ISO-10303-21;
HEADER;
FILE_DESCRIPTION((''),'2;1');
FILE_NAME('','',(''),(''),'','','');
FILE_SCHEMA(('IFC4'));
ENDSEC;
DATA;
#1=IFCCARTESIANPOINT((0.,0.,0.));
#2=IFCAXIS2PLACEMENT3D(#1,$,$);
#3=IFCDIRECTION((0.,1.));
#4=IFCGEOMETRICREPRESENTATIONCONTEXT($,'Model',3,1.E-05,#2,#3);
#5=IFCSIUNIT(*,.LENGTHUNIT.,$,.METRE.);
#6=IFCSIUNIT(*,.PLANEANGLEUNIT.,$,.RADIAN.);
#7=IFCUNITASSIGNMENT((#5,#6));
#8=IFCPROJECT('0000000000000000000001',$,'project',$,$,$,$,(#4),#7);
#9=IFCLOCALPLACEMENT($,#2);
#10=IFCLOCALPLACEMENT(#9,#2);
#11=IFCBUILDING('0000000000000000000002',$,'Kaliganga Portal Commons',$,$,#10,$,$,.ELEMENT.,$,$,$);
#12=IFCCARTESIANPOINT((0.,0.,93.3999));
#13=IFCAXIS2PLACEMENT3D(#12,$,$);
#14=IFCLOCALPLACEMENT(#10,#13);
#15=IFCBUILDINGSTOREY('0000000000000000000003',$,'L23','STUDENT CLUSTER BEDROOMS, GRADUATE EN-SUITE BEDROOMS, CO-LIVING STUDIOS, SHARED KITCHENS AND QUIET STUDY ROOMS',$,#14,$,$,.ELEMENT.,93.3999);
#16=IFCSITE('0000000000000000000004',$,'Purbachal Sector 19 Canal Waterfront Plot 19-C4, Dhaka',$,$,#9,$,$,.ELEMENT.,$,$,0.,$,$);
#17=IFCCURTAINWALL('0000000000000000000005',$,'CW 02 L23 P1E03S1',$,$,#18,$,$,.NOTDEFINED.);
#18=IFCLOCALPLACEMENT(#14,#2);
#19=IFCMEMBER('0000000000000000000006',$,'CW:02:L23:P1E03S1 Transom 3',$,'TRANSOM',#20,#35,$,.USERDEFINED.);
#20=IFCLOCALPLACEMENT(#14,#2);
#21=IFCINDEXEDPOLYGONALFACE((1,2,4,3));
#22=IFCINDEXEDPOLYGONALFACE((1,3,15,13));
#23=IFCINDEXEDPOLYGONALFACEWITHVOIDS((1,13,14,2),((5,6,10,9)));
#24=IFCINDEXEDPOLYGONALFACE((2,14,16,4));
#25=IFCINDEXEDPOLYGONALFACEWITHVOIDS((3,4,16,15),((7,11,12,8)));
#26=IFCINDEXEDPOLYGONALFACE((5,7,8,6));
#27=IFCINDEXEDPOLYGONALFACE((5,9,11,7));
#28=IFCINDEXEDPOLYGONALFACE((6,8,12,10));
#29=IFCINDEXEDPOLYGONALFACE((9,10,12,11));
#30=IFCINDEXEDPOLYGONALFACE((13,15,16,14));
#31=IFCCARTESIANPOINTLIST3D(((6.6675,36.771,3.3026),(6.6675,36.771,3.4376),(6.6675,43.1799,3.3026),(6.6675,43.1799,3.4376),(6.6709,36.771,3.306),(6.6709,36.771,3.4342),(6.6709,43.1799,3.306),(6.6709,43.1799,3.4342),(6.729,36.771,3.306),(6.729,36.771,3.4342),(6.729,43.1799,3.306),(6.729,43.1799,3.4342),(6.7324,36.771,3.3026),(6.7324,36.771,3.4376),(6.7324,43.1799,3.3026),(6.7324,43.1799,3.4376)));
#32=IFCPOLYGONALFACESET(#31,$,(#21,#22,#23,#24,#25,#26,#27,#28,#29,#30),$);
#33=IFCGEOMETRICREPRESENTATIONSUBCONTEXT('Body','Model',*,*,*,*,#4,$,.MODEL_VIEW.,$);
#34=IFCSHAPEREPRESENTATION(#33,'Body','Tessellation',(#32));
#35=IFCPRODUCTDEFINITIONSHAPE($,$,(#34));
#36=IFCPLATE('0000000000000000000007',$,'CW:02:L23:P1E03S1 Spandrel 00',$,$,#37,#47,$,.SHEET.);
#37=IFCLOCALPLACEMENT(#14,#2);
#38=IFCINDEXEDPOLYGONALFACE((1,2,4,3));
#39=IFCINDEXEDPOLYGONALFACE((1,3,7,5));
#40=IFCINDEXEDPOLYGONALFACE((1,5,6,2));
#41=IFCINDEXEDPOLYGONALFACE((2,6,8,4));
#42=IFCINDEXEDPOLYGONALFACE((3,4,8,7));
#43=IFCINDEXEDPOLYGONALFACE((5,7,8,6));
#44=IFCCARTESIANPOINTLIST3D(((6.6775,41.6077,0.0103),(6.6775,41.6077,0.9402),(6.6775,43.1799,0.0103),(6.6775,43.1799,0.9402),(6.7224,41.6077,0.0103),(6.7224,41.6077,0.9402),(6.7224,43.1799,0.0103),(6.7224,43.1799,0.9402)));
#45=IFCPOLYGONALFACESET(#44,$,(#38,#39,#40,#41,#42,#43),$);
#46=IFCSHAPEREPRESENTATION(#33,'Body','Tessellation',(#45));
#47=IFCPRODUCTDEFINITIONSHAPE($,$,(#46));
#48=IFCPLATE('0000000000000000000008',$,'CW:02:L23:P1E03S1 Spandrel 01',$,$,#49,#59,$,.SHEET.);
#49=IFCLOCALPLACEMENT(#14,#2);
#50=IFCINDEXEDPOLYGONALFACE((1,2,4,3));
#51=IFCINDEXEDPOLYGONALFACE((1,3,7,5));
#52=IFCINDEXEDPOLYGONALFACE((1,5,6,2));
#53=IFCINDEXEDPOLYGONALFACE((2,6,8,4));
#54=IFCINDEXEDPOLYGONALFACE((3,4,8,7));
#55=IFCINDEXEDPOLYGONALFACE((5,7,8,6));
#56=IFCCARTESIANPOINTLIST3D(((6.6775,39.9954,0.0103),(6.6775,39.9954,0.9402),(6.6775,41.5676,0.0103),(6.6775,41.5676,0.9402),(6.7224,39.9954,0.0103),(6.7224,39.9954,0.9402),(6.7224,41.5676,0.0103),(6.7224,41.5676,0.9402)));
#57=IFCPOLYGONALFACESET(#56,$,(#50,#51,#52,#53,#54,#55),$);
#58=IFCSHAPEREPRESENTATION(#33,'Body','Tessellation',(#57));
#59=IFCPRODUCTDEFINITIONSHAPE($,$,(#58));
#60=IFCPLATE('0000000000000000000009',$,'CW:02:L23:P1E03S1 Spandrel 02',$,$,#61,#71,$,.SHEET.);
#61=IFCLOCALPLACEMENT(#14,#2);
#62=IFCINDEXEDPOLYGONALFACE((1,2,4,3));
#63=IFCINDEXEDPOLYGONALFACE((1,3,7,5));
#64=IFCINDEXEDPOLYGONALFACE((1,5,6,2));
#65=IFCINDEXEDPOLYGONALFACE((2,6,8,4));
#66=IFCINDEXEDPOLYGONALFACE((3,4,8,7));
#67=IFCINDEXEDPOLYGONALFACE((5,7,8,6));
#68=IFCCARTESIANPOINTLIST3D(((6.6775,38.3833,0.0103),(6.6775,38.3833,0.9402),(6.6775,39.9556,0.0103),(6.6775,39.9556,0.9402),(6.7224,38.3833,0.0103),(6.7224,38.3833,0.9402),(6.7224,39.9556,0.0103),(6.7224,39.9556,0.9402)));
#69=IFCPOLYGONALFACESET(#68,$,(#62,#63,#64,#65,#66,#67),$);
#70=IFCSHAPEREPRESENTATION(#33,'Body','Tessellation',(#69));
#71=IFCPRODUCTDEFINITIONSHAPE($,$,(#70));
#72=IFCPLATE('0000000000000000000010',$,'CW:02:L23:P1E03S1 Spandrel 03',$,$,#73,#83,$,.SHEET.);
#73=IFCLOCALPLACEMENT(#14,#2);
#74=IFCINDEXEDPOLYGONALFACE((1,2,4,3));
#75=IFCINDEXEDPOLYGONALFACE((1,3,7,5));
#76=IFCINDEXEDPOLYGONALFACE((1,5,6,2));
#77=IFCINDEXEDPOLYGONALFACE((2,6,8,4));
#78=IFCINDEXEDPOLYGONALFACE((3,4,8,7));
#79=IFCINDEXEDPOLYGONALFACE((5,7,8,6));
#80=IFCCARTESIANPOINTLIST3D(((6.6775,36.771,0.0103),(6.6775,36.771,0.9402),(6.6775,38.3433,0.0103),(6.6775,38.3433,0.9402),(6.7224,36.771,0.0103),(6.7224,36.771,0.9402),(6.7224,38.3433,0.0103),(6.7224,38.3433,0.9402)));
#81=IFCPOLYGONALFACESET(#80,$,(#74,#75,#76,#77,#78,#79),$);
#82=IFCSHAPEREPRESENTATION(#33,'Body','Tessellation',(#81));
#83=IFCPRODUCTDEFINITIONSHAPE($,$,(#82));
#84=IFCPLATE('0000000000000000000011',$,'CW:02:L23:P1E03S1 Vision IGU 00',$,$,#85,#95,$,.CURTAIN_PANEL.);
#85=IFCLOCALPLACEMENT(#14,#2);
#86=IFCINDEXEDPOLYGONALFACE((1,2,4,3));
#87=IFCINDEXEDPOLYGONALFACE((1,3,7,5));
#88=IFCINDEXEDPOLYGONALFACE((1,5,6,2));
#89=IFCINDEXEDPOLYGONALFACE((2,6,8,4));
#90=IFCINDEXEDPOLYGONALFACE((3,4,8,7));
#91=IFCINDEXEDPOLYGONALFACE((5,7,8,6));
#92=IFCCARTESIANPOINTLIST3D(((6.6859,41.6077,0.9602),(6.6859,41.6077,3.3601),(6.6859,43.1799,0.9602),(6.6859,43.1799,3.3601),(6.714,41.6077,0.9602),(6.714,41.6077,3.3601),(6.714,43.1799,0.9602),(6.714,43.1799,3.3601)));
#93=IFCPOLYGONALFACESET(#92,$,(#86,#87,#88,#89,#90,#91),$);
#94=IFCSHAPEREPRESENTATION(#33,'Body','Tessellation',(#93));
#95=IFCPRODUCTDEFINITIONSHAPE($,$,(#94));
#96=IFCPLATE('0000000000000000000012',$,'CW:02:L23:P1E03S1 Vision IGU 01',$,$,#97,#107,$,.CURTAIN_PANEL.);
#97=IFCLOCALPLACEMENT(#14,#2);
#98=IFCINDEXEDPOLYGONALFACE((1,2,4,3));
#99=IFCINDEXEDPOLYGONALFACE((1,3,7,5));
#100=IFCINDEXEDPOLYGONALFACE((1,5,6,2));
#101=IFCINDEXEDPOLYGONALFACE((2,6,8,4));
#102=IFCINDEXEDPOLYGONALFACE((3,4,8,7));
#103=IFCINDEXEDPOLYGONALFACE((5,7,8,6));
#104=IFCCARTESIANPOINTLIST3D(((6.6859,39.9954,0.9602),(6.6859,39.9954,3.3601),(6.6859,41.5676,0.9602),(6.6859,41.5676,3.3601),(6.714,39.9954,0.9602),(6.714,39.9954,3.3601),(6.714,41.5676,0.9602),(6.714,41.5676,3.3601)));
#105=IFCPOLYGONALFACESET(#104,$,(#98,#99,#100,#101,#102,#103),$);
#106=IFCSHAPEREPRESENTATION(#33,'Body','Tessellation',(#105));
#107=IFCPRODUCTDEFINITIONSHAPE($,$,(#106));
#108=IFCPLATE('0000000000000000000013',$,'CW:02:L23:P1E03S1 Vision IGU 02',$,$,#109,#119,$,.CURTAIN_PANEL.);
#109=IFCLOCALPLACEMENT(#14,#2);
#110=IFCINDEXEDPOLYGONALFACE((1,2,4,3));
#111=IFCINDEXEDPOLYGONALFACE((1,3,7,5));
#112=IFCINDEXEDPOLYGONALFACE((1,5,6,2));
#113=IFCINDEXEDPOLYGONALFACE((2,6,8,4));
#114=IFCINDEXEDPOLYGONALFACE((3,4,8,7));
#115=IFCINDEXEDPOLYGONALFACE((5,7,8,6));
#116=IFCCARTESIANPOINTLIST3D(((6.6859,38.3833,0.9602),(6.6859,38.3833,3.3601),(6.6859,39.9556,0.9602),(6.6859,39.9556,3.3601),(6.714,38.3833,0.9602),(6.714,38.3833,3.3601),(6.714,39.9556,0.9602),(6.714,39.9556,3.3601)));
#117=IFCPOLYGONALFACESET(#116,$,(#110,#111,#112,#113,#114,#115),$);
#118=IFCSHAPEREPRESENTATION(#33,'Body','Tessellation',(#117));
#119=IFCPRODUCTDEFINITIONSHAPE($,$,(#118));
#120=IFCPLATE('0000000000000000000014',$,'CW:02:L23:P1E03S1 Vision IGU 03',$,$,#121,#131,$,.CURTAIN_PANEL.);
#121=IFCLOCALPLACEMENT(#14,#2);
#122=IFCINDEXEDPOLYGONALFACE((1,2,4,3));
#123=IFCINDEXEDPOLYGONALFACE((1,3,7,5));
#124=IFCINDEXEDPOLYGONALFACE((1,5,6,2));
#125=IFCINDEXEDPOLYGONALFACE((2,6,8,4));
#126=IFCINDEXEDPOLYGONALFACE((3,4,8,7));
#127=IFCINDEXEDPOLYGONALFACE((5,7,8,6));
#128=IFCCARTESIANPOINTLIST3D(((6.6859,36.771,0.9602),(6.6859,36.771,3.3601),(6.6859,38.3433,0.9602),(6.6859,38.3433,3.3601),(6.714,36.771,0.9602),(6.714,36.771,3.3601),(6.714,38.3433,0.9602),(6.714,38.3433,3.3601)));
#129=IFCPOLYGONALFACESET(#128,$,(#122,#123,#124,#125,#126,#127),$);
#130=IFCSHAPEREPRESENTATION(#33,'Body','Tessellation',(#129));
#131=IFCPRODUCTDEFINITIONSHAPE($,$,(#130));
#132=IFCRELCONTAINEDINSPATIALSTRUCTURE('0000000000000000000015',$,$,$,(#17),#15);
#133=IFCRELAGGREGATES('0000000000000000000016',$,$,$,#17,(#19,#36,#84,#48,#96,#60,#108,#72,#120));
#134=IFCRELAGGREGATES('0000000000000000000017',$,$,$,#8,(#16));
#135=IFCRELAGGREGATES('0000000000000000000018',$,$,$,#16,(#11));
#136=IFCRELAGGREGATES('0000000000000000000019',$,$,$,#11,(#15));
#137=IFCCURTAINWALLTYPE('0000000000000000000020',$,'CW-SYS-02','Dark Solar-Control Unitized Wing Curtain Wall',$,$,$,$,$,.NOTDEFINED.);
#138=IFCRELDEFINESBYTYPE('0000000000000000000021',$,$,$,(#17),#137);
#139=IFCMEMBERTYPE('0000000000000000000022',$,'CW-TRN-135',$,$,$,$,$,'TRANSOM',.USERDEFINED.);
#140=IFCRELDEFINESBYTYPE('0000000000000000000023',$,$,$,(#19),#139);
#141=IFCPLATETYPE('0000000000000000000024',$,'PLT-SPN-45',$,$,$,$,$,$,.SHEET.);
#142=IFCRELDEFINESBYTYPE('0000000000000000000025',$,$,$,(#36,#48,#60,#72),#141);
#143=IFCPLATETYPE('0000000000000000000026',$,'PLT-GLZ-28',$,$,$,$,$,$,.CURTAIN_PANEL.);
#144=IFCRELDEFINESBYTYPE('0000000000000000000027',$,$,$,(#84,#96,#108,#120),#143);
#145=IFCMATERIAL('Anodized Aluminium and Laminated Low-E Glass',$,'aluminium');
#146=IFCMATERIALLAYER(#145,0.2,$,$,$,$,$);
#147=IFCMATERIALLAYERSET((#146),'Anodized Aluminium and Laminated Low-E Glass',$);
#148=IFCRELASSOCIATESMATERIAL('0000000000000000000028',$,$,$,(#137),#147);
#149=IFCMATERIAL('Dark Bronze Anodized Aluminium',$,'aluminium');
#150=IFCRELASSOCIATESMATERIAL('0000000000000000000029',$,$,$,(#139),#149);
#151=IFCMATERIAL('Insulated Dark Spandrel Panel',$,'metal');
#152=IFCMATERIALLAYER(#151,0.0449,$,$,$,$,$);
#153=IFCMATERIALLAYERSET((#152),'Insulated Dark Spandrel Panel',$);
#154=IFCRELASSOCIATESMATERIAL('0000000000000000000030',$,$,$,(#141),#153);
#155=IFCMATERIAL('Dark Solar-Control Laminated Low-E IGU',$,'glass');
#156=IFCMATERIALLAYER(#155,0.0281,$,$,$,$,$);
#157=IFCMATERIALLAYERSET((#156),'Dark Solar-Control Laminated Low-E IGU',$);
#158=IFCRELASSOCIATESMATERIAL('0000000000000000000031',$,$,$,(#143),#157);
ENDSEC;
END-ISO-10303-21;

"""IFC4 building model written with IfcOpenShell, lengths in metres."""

from ifc_helpers import new_model, si_unit, direction, frame, origin, origin_2d, place, context, subcontext, project, spatial, rectangle, hollow_rectangle, extrude, source, transform, mapped, material, layer, layer_set, material_profile, profile_set, type_object, element, aggregate, save


model = new_model("IFC4")

# Units and contexts
model_context = context("Model", 3, precision=1e-05, world=origin(), true_north=direction((0.0, 1.0)))
body_context = subcontext(model_context, "Body", "Model", "MODEL_VIEW")
ifc_project = project(units=[si_unit("LENGTHUNIT", "METRE"), si_unit("PLANEANGLEUNIT", "RADIAN")], contexts=[model_context])

# Site, building, storey
site_placement = place(None, origin())
site = spatial("IfcSite", under=ifc_project, at=site_placement, Name="Purbachal Sector 19 Canal Waterfront Plot 19-C4, Dhaka", CompositionType="ELEMENT", RefElevation=0.0)
building_placement = place(site_placement, origin())
building = spatial("IfcBuilding", under=site, at=building_placement, Name="Kaliganga Portal Commons", CompositionType="ELEMENT")
storey_placement = place(building_placement, frame((0.0, 0.0, 93.3999)))
storey = spatial("IfcBuildingStorey", under=building, at=storey_placement, Name="L23", Description="STUDENT CLUSTER BEDROOMS, GRADUATE EN-SUITE BEDROOMS, CO-LIVING STUDIOS, SHARED KITCHENS AND QUIET STUDY ROOMS", CompositionType="ELEMENT", Elevation=93.3999)

# Curtain wall, member, plates
ifc_material_1 = material(Name="Anodized Aluminium and Laminated Low-E Glass", Category="aluminium")
ifc_layer_1 = layer(ifc_material_1, 0.2)
ifc_layer_set_1 = layer_set([ifc_layer_1], Name="Anodized Aluminium and Laminated Low-E Glass")
curtain_wall_type = type_object("IfcCurtainWallType", Name="CW-SYS-02", Description="Dark Solar-Control Unitized Wing Curtain Wall", PredefinedType="NOTDEFINED", material=ifc_layer_set_1)
curtain_wall_placement = place(storey_placement, origin())
curtain_wall = element("IfcCurtainWall", 1, at=curtain_wall_placement, inside=storey, type_object=curtain_wall_type, Name="CW 02 L23 P1E03S1", PredefinedType="NOTDEFINED")
ifc_material_2 = material(Name="Dark Bronze Anodized Aluminium", Category="aluminium")
ifc_material_profile_1 = material_profile(ifc_material_2, hollow_rectangle(XDim=0.0649, YDim=0.135, WallThickness=0.0034, at=origin_2d()), Name="ALU TRAN 65x135x3.5")
ifc_profile_set_1 = profile_set([ifc_material_profile_1], Name="Dark Bronze Anodized Aluminium")
member_type_1 = type_object("IfcMemberType", Name="CW-TRN-135", ElementType="TRANSOM", PredefinedType="USERDEFINED", material=ifc_profile_set_1)
shared_shape_1 = source(origin(), body_context, "Body", "SweptSolid", [
    extrude(hollow_rectangle(XDim=0.0649, YDim=0.135, WallThickness=0.0034, at=origin_2d()), origin(), (0.0, 0.0, 1.0), 6.4089),
])
member_1_placement = place(storey_placement, frame((6.7, 43.1799, 3.3701), z_axis=(0.0, -1.0, 0.0), x_axis=(1.0, 0.0, 0.0)))
member_1 = element("IfcMember", 2, at=member_1_placement, type_object=member_type_1, Name="CW:02:L23:P1E03S1 Transom 3", ObjectType="TRANSOM", PredefinedType="USERDEFINED", context=body_context, shape_type="MappedRepresentation", body=[
    mapped(shared_shape_1, transform((0.0, 0.0, 0.0), x_axis=(1.0, 0.0, 0.0), y_axis=(0.0, 1.0, 0.0), z_axis=(0.0, 0.0, 1.0), scale=1.0)),
])
ifc_material_3 = material(Name="Insulated Dark Spandrel Panel", Category="metal")
ifc_layer_2 = layer(ifc_material_3, 0.0449)
ifc_layer_set_2 = layer_set([ifc_layer_2], Name="Insulated Dark Spandrel Panel")
plate_type_1 = type_object("IfcPlateType", Name="PLT-SPN-45", PredefinedType="SHEET", material=ifc_layer_set_2)
shared_shape_2 = source(origin(), body_context, "Body", "SweptSolid", [
    extrude(rectangle(XDim=1.5723, YDim=0.0449, at=origin_2d()), origin(), (0.0, 0.0, 1.0), 0.9299),
])
plate_1_placement = place(storey_placement, frame((6.7, 42.3938, 0.0103), z_axis=(0.0, 0.0, 1.0), x_axis=(0.0, -1.0, 0.0)))
plate_1 = element("IfcPlate", 3, at=plate_1_placement, type_object=plate_type_1, Name="CW:02:L23:P1E03S1 Spandrel 00", PredefinedType="SHEET", context=body_context, shape_type="MappedRepresentation", body=[
    mapped(shared_shape_2, transform((0.0, 0.0, 0.0), x_axis=(1.0, 0.0, 0.0), y_axis=(0.0, 1.0, 0.0), z_axis=(0.0, 0.0, 1.0), scale=1.0)),
])
plate_2_placement = place(storey_placement, frame((6.7, 40.7815, 0.0103), z_axis=(0.0, 0.0, 1.0), x_axis=(0.0, -1.0, 0.0)))
plate_2 = element("IfcPlate", 4, at=plate_2_placement, type_object=plate_type_1, Name="CW:02:L23:P1E03S1 Spandrel 01", PredefinedType="SHEET", context=body_context, shape_type="MappedRepresentation", body=[
    mapped(shared_shape_2, transform((0.0, 0.0, 0.0), x_axis=(1.0, 0.0, 0.0), y_axis=(0.0, 1.0, 0.0), z_axis=(0.0, 0.0, 1.0), scale=1.0)),
])
plate_3_placement = place(storey_placement, frame((6.7, 39.1694, 0.0103), z_axis=(0.0, 0.0, 1.0), x_axis=(0.0, -1.0, 0.0)))
plate_3 = element("IfcPlate", 5, at=plate_3_placement, type_object=plate_type_1, Name="CW:02:L23:P1E03S1 Spandrel 02", PredefinedType="SHEET", context=body_context, shape_type="MappedRepresentation", body=[
    mapped(shared_shape_2, transform((0.0, 0.0, 0.0), x_axis=(1.0, 0.0, 0.0), y_axis=(0.0, 1.0, 0.0), z_axis=(0.0, 0.0, 1.0), scale=1.0)),
])
plate_4_placement = place(storey_placement, frame((6.7, 37.5571, 0.0103), z_axis=(0.0, 0.0, 1.0), x_axis=(0.0, -1.0, 0.0)))
plate_4 = element("IfcPlate", 6, at=plate_4_placement, type_object=plate_type_1, Name="CW:02:L23:P1E03S1 Spandrel 03", PredefinedType="SHEET", context=body_context, shape_type="MappedRepresentation", body=[
    mapped(shared_shape_2, transform((0.0, 0.0, 0.0), x_axis=(1.0, 0.0, 0.0), y_axis=(0.0, 1.0, 0.0), z_axis=(0.0, 0.0, 1.0), scale=1.0)),
])
ifc_material_4 = material(Name="Dark Solar-Control Laminated Low-E IGU", Category="glass")
ifc_layer_3 = layer(ifc_material_4, 0.0281)
ifc_layer_set_3 = layer_set([ifc_layer_3], Name="Dark Solar-Control Laminated Low-E IGU")
plate_type_2 = type_object("IfcPlateType", Name="PLT-GLZ-28", PredefinedType="CURTAIN_PANEL", material=ifc_layer_set_3)
shared_shape_3 = source(origin(), body_context, "Body", "SweptSolid", [
    extrude(rectangle(XDim=1.5723, YDim=0.0281, at=origin_2d()), origin(), (0.0, 0.0, 1.0), 2.3999),
])
plate_5_placement = place(storey_placement, frame((6.7, 42.3938, 0.9602), z_axis=(0.0, 0.0, 1.0), x_axis=(0.0, -1.0, 0.0)))
plate_5 = element("IfcPlate", 7, at=plate_5_placement, type_object=plate_type_2, Name="CW:02:L23:P1E03S1 Vision IGU 00", PredefinedType="CURTAIN_PANEL", context=body_context, shape_type="MappedRepresentation", body=[
    mapped(shared_shape_3, transform((0.0, 0.0, 0.0), x_axis=(1.0, 0.0, 0.0), y_axis=(0.0, 1.0, 0.0), z_axis=(0.0, 0.0, 1.0), scale=1.0)),
])
plate_6_placement = place(storey_placement, frame((6.7, 40.7815, 0.9602), z_axis=(0.0, 0.0, 1.0), x_axis=(0.0, -1.0, 0.0)))
plate_6 = element("IfcPlate", 8, at=plate_6_placement, type_object=plate_type_2, Name="CW:02:L23:P1E03S1 Vision IGU 01", PredefinedType="CURTAIN_PANEL", context=body_context, shape_type="MappedRepresentation", body=[
    mapped(shared_shape_3, transform((0.0, 0.0, 0.0), x_axis=(1.0, 0.0, 0.0), y_axis=(0.0, 1.0, 0.0), z_axis=(0.0, 0.0, 1.0), scale=1.0)),
])
plate_7_placement = place(storey_placement, frame((6.7, 39.1694, 0.9602), z_axis=(0.0, 0.0, 1.0), x_axis=(0.0, -1.0, 0.0)))
plate_7 = element("IfcPlate", 9, at=plate_7_placement, type_object=plate_type_2, Name="CW:02:L23:P1E03S1 Vision IGU 02", PredefinedType="CURTAIN_PANEL", context=body_context, shape_type="MappedRepresentation", body=[
    mapped(shared_shape_3, transform((0.0, 0.0, 0.0), x_axis=(1.0, 0.0, 0.0), y_axis=(0.0, 1.0, 0.0), z_axis=(0.0, 0.0, 1.0), scale=1.0)),
])
plate_8_placement = place(storey_placement, frame((6.7, 37.5571, 0.9602), z_axis=(0.0, 0.0, 1.0), x_axis=(0.0, -1.0, 0.0)))
plate_8 = element("IfcPlate", 10, at=plate_8_placement, type_object=plate_type_2, Name="CW:02:L23:P1E03S1 Vision IGU 03", PredefinedType="CURTAIN_PANEL", context=body_context, shape_type="MappedRepresentation", body=[
    mapped(shared_shape_3, transform((0.0, 0.0, 0.0), x_axis=(1.0, 0.0, 0.0), y_axis=(0.0, 1.0, 0.0), z_axis=(0.0, 0.0, 1.0), scale=1.0)),
])
aggregate(curtain_wall, [member_1, plate_1, plate_5, plate_2, plate_6, plate_3, plate_7, plate_4, plate_8])

save(model, "model.ifc")
